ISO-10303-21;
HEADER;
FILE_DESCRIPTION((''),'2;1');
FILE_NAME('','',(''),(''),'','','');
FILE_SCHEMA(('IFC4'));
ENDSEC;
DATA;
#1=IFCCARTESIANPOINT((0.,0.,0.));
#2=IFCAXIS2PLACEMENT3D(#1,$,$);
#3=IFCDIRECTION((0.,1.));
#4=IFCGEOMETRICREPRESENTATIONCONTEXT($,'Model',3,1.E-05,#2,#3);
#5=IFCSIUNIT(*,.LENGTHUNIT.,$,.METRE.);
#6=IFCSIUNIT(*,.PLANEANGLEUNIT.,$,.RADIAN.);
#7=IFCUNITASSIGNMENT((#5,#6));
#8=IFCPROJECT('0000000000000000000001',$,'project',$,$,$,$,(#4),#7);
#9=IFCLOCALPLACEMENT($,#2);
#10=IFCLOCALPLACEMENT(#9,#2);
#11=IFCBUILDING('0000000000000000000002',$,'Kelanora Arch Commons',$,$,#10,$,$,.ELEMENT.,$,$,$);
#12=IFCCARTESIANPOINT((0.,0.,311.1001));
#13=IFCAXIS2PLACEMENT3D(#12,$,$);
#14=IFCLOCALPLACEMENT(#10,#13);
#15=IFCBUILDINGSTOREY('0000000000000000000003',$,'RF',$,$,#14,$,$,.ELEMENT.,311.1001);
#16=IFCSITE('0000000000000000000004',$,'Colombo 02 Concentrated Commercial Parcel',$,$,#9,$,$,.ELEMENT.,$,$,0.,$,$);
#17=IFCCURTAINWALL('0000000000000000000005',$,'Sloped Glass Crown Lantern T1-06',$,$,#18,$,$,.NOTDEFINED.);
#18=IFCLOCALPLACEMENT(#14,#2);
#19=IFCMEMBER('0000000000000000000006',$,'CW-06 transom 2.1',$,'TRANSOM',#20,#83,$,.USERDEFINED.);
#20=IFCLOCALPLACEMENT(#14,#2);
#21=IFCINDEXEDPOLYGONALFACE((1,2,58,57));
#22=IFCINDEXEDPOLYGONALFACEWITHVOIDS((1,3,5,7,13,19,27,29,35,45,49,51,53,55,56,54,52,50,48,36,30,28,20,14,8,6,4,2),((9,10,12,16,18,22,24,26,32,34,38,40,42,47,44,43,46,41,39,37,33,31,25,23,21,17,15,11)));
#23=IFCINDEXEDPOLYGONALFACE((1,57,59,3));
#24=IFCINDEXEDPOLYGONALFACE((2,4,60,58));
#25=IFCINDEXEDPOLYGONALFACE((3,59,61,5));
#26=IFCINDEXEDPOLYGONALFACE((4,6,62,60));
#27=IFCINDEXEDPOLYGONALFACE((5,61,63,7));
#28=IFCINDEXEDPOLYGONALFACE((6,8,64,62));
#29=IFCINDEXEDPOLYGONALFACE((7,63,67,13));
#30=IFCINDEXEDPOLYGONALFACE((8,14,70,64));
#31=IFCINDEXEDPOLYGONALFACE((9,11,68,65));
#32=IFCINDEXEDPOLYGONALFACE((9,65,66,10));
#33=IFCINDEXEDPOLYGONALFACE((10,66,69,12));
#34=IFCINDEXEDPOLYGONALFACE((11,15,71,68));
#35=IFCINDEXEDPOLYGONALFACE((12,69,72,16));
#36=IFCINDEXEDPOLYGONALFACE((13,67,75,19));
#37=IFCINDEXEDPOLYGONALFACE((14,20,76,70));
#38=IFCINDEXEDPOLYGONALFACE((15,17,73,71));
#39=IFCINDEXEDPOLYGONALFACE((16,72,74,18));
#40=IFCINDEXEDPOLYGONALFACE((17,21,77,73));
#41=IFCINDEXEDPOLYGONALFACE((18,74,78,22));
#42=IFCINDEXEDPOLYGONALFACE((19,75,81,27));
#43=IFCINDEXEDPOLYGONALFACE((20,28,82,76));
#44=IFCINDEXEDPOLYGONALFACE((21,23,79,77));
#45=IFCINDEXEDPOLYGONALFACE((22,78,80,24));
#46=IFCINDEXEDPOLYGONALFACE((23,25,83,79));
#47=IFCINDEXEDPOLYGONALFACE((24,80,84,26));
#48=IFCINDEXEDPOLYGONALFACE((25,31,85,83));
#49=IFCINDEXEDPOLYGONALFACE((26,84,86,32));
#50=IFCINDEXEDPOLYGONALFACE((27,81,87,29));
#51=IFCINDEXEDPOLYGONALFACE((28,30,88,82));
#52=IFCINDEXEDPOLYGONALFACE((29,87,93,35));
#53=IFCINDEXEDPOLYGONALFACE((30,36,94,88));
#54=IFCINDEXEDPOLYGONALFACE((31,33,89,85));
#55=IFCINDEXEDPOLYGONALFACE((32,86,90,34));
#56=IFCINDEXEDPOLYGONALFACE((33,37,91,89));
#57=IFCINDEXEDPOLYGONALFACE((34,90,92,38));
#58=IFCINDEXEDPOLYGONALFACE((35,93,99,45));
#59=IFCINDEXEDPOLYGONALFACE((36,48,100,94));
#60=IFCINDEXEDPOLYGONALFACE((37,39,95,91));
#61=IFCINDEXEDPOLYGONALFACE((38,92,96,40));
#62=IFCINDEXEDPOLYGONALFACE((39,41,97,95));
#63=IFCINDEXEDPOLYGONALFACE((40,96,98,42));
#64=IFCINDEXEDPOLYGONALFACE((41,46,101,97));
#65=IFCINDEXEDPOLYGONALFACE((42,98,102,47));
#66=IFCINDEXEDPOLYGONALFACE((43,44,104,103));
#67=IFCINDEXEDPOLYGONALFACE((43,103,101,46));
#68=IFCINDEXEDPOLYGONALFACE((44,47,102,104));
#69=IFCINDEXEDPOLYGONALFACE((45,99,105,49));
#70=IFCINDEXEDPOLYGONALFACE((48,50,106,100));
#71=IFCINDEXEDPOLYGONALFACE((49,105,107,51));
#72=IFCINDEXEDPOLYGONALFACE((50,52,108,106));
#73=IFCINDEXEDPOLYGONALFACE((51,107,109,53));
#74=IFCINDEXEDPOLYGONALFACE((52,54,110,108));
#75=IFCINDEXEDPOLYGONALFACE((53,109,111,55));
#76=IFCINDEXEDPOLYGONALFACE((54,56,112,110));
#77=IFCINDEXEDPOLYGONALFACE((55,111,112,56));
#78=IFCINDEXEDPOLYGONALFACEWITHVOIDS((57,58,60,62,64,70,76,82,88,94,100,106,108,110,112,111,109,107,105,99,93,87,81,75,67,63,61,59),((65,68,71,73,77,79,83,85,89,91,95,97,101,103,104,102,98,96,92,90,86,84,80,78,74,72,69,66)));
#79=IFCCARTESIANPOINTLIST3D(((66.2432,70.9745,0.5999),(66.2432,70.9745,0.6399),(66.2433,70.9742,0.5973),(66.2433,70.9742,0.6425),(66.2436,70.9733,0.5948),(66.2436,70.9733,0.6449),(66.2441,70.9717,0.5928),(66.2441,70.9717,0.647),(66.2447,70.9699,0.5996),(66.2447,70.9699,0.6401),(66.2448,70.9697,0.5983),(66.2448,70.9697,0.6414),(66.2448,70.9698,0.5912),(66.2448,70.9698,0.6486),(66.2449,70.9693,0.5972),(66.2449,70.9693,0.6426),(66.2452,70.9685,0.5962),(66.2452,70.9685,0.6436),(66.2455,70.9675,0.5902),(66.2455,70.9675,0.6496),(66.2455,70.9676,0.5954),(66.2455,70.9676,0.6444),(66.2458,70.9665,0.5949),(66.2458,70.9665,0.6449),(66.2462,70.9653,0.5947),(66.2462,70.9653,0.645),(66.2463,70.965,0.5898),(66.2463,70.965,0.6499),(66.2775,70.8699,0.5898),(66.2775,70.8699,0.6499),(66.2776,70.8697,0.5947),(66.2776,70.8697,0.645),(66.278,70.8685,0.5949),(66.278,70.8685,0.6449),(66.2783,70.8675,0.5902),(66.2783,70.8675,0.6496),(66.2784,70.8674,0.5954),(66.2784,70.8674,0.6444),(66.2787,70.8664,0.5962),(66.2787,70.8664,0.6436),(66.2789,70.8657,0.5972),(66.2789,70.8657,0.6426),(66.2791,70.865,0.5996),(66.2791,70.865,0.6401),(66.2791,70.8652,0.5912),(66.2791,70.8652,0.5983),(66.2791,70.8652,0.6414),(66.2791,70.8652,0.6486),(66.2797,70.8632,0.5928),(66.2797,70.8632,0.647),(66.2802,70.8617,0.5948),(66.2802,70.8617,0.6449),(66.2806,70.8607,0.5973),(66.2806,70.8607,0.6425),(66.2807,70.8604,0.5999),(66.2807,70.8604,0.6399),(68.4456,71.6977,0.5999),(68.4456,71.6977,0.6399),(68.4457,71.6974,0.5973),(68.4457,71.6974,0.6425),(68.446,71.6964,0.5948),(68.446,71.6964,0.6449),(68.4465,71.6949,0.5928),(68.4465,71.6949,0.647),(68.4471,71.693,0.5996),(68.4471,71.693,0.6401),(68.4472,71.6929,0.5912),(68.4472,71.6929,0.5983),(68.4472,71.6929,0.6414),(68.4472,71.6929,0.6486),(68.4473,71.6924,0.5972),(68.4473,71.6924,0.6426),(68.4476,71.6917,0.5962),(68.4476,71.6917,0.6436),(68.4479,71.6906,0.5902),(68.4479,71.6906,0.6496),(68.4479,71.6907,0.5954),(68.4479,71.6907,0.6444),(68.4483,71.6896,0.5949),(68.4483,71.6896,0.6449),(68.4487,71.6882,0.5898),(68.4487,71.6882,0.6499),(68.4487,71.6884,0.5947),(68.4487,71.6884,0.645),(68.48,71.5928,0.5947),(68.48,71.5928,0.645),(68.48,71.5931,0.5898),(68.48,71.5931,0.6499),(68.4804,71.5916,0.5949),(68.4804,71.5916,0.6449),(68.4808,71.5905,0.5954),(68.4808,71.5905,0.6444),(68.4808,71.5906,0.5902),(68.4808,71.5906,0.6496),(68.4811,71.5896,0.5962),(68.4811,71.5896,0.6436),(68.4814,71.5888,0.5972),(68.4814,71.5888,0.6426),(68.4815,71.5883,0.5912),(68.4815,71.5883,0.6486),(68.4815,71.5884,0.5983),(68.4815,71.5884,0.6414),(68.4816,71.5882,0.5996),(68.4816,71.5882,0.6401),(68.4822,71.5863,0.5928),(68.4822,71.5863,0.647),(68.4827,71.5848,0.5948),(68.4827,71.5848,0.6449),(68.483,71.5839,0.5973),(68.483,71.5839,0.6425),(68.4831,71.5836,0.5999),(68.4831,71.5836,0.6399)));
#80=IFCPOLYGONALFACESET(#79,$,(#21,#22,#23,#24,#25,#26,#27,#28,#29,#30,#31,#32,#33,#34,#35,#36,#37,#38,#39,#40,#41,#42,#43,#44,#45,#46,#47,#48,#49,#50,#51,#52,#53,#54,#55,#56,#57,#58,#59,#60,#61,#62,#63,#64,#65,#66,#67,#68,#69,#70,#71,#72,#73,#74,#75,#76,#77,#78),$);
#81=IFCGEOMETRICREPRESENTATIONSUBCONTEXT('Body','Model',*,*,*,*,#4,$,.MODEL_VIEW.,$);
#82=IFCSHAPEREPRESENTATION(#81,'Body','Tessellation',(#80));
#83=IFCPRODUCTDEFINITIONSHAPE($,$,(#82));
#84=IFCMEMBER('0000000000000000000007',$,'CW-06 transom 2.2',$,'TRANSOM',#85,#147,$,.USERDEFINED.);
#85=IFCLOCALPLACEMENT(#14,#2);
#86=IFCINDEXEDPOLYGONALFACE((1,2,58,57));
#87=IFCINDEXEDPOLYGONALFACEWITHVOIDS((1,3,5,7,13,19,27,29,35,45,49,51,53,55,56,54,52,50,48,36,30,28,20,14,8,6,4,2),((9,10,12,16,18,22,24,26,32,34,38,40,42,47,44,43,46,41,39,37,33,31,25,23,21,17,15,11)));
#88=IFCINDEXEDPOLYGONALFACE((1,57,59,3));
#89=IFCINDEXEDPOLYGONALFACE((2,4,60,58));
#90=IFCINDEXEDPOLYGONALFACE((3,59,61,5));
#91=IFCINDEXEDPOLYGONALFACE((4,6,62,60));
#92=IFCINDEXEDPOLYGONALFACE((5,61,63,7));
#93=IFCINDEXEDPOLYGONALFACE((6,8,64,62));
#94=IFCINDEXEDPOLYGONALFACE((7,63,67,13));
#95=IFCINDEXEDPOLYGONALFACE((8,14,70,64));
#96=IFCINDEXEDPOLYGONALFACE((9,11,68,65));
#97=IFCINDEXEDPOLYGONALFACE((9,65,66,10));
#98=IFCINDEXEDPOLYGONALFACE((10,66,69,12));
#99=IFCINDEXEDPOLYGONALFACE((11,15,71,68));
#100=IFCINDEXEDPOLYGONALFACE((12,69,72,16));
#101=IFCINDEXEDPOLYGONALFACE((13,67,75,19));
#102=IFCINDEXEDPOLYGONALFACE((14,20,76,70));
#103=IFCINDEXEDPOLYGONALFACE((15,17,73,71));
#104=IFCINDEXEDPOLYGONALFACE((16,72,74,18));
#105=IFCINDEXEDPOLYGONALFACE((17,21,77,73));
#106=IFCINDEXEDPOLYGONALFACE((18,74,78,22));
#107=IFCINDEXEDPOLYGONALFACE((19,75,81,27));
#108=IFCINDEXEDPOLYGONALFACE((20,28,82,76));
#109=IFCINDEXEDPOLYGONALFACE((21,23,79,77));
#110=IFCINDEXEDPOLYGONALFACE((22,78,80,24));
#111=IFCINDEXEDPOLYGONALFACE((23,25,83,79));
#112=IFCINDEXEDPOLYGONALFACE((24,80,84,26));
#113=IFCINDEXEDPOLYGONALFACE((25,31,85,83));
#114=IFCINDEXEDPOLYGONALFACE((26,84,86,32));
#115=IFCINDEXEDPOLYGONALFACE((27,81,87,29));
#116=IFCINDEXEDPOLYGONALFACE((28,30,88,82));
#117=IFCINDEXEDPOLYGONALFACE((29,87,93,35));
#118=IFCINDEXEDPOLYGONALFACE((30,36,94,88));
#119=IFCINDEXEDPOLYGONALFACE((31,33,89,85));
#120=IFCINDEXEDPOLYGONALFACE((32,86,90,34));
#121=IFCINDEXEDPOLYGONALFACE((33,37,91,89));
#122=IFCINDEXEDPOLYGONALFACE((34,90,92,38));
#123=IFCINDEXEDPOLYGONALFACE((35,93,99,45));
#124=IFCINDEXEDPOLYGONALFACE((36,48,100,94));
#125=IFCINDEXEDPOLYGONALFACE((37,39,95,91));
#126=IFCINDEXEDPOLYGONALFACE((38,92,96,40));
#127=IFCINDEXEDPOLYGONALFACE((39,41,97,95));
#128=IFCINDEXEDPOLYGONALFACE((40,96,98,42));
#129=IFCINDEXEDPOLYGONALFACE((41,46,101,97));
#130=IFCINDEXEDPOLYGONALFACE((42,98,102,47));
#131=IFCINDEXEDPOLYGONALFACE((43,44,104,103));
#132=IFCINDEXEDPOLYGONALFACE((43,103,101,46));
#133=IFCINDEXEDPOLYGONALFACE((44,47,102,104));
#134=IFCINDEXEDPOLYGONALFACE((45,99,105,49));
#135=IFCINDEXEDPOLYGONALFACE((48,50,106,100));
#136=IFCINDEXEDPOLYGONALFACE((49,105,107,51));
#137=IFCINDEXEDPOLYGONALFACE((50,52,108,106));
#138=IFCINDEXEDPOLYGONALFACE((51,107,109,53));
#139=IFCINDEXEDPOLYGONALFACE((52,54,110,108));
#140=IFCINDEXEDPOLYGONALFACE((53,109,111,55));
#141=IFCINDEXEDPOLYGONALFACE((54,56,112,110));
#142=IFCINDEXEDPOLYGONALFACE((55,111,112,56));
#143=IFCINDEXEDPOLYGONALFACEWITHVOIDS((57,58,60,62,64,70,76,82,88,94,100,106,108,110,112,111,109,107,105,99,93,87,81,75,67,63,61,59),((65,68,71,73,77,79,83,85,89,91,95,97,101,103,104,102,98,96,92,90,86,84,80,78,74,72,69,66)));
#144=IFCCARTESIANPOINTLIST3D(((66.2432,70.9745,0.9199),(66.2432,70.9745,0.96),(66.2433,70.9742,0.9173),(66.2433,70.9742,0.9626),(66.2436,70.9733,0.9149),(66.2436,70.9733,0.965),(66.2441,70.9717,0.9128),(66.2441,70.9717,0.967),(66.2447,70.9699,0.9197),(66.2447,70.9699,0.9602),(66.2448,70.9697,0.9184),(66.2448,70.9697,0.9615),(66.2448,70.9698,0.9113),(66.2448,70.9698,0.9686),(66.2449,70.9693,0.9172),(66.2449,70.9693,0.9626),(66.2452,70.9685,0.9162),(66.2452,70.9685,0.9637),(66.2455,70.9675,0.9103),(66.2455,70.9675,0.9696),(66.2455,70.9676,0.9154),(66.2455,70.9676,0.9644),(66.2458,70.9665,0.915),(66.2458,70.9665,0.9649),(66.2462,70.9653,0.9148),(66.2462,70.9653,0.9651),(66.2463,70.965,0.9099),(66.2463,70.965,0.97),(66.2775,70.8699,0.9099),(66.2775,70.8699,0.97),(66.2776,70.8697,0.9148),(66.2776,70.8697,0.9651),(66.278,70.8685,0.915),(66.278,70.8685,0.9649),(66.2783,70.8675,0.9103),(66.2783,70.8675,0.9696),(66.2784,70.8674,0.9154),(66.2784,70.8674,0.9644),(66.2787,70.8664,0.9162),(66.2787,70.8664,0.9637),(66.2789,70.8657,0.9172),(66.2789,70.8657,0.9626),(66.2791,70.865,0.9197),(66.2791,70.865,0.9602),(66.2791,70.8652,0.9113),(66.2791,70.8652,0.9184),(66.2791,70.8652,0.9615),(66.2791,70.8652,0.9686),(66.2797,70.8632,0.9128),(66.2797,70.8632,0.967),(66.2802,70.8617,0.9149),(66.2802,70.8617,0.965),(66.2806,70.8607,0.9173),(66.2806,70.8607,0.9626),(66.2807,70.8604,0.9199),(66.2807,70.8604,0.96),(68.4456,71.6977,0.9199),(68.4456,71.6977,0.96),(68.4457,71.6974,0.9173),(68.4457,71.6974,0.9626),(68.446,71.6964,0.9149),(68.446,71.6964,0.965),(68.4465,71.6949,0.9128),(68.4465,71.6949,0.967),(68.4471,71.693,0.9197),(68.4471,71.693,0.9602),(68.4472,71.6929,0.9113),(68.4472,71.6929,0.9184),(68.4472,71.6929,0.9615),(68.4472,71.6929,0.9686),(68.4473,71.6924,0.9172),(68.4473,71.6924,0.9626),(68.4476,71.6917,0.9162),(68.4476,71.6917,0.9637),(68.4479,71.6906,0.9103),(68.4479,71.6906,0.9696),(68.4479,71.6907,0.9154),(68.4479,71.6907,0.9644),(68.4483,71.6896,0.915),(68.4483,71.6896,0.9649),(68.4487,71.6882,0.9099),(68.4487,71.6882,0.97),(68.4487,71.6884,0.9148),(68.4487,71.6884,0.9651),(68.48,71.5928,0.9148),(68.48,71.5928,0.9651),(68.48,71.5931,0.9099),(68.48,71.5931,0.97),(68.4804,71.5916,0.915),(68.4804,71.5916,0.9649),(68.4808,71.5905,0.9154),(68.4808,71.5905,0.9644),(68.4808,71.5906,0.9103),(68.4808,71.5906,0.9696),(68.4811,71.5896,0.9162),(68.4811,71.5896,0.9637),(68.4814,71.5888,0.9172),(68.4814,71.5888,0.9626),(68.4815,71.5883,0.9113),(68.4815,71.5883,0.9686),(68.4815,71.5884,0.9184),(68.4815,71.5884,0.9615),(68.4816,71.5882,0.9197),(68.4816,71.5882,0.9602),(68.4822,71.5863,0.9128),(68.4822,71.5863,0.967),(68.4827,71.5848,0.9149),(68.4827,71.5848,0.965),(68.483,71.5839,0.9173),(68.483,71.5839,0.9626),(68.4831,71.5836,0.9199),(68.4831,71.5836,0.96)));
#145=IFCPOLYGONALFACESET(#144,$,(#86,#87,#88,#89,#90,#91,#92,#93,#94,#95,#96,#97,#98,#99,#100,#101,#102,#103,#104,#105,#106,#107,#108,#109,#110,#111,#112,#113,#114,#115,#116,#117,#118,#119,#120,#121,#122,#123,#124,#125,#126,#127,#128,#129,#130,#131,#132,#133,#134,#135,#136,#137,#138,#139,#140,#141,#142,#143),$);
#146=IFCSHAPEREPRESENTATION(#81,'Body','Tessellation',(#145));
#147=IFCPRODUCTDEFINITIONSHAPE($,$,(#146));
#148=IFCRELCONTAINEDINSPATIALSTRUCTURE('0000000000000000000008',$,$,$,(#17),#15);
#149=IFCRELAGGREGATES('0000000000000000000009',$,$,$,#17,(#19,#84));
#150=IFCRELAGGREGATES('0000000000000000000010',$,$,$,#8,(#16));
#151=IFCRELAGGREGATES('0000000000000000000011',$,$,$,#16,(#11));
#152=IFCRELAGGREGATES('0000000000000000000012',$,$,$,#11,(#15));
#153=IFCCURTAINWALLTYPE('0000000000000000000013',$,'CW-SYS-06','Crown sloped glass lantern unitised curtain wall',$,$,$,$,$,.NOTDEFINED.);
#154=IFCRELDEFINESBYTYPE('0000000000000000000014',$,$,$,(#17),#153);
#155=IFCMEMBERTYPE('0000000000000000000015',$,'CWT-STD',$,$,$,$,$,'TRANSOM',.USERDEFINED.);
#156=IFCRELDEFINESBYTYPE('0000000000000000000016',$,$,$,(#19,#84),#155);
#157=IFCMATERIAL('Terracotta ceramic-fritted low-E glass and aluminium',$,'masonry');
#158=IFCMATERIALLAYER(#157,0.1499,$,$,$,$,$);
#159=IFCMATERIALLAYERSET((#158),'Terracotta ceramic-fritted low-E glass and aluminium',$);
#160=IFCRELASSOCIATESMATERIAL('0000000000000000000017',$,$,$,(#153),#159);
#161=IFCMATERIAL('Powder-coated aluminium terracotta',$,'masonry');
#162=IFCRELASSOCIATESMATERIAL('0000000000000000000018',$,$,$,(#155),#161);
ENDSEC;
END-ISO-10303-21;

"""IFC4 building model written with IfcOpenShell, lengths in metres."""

from ifc_helpers import new_model, si_unit, direction, frame, origin, origin_2d, place, context, subcontext, project, spatial, hollow_rectangle, extrude, material, layer, layer_set, material_profile, profile_set, type_object, element, aggregate, save


model = new_model("IFC4")

# Units and contexts
model_context = context("Model", 3, precision=1e-05, world=origin(), true_north=direction((0.0, 1.0)))
body_context = subcontext(model_context, "Body", "Model", "MODEL_VIEW")
ifc_project = project(units=[si_unit("LENGTHUNIT", "METRE"), si_unit("PLANEANGLEUNIT", "RADIAN")], contexts=[model_context])

# Site, building, storey
site_placement = place(None, origin())
site = spatial("IfcSite", under=ifc_project, at=site_placement, Name="Colombo 02 Concentrated Commercial Parcel", CompositionType="ELEMENT", RefElevation=0.0)
building_placement = place(site_placement, origin())
building = spatial("IfcBuilding", under=site, at=building_placement, Name="Kelanora Arch Commons", CompositionType="ELEMENT")
storey_placement = place(building_placement, frame((0.0, 0.0, 311.1001)))
storey = spatial("IfcBuildingStorey", under=building, at=storey_placement, Name="RF", CompositionType="ELEMENT", Elevation=311.1001)

# Shared definitions
ifc_material_1 = material(Name="Terracotta ceramic-fritted low-E glass and aluminium", Category="masonry")
ifc_layer_1 = layer(ifc_material_1, 0.1499)
ifc_layer_set_1 = layer_set([ifc_layer_1], Name="Terracotta ceramic-fritted low-E glass and aluminium")
curtain_wall_type = type_object("IfcCurtainWallType", Name="CW-SYS-06", Description="Crown sloped glass lantern unitised curtain wall", PredefinedType="NOTDEFINED", material=ifc_layer_set_1)
ifc_material_2 = material(Name="Powder-coated aluminium terracotta", Category="masonry")

# Curtain wall
curtain_wall_1_placement = place(storey_placement, origin())
curtain_wall_1 = element("IfcCurtainWall", 1, at=curtain_wall_1_placement, inside=storey, type_object=curtain_wall_type, Name="Sloped Glass Crown Lantern T1-06", PredefinedType="NOTDEFINED")

# Members
ifc_material_profile_1 = material_profile(ifc_material_2, hollow_rectangle(XDim=0.1201, YDim=0.0601, WallThickness=0.0049, InnerFilletRadius=0.0049, OuterFilletRadius=0.01, at=origin_2d()), Name="CWT120x60")
ifc_profile_set_1 = profile_set([ifc_material_profile_1], Name="Powder-coated aluminium terracotta")
member_type_1 = type_object("IfcMemberType", Name="CWT-STD", ElementType="TRANSOM", PredefinedType="USERDEFINED", material=ifc_profile_set_1)
member_1_placement = place(storey_placement, frame((68.4644, 71.6406, 0.6199), z_axis=(-0.950096, -0.311959, 0.0), x_axis=(0.311959, -0.950096, 0.0)))
member_1 = element("IfcMember", 2, at=member_1_placement, type_object=member_type_1, Name="CW-06 transom 2.1", ObjectType="TRANSOM", PredefinedType="USERDEFINED", context=body_context, shape_type="SweptSolid", body=[
    extrude(hollow_rectangle(XDim=0.1201, YDim=0.0601, WallThickness=0.0049, InnerFilletRadius=0.0049, OuterFilletRadius=0.01, at=origin_2d()), origin(), (0.0, 0.0, 1.0), 2.3181),
])
member_2_placement = place(storey_placement, frame((68.4644, 71.6406, 0.9399), z_axis=(-0.950096, -0.311959, 0.0), x_axis=(0.311959, -0.950096, 0.0)))
member_2 = element("IfcMember", 3, at=member_2_placement, type_object=member_type_1, Name="CW-06 transom 2.2", ObjectType="TRANSOM", PredefinedType="USERDEFINED", context=body_context, shape_type="SweptSolid", body=[
    extrude(hollow_rectangle(XDim=0.1201, YDim=0.0601, WallThickness=0.0049, InnerFilletRadius=0.0049, OuterFilletRadius=0.01, at=origin_2d()), origin(), (0.0, 0.0, 1.0), 2.3181),
])

aggregate(curtain_wall_1, [member_1, member_2])

save(model, "model.ifc")
